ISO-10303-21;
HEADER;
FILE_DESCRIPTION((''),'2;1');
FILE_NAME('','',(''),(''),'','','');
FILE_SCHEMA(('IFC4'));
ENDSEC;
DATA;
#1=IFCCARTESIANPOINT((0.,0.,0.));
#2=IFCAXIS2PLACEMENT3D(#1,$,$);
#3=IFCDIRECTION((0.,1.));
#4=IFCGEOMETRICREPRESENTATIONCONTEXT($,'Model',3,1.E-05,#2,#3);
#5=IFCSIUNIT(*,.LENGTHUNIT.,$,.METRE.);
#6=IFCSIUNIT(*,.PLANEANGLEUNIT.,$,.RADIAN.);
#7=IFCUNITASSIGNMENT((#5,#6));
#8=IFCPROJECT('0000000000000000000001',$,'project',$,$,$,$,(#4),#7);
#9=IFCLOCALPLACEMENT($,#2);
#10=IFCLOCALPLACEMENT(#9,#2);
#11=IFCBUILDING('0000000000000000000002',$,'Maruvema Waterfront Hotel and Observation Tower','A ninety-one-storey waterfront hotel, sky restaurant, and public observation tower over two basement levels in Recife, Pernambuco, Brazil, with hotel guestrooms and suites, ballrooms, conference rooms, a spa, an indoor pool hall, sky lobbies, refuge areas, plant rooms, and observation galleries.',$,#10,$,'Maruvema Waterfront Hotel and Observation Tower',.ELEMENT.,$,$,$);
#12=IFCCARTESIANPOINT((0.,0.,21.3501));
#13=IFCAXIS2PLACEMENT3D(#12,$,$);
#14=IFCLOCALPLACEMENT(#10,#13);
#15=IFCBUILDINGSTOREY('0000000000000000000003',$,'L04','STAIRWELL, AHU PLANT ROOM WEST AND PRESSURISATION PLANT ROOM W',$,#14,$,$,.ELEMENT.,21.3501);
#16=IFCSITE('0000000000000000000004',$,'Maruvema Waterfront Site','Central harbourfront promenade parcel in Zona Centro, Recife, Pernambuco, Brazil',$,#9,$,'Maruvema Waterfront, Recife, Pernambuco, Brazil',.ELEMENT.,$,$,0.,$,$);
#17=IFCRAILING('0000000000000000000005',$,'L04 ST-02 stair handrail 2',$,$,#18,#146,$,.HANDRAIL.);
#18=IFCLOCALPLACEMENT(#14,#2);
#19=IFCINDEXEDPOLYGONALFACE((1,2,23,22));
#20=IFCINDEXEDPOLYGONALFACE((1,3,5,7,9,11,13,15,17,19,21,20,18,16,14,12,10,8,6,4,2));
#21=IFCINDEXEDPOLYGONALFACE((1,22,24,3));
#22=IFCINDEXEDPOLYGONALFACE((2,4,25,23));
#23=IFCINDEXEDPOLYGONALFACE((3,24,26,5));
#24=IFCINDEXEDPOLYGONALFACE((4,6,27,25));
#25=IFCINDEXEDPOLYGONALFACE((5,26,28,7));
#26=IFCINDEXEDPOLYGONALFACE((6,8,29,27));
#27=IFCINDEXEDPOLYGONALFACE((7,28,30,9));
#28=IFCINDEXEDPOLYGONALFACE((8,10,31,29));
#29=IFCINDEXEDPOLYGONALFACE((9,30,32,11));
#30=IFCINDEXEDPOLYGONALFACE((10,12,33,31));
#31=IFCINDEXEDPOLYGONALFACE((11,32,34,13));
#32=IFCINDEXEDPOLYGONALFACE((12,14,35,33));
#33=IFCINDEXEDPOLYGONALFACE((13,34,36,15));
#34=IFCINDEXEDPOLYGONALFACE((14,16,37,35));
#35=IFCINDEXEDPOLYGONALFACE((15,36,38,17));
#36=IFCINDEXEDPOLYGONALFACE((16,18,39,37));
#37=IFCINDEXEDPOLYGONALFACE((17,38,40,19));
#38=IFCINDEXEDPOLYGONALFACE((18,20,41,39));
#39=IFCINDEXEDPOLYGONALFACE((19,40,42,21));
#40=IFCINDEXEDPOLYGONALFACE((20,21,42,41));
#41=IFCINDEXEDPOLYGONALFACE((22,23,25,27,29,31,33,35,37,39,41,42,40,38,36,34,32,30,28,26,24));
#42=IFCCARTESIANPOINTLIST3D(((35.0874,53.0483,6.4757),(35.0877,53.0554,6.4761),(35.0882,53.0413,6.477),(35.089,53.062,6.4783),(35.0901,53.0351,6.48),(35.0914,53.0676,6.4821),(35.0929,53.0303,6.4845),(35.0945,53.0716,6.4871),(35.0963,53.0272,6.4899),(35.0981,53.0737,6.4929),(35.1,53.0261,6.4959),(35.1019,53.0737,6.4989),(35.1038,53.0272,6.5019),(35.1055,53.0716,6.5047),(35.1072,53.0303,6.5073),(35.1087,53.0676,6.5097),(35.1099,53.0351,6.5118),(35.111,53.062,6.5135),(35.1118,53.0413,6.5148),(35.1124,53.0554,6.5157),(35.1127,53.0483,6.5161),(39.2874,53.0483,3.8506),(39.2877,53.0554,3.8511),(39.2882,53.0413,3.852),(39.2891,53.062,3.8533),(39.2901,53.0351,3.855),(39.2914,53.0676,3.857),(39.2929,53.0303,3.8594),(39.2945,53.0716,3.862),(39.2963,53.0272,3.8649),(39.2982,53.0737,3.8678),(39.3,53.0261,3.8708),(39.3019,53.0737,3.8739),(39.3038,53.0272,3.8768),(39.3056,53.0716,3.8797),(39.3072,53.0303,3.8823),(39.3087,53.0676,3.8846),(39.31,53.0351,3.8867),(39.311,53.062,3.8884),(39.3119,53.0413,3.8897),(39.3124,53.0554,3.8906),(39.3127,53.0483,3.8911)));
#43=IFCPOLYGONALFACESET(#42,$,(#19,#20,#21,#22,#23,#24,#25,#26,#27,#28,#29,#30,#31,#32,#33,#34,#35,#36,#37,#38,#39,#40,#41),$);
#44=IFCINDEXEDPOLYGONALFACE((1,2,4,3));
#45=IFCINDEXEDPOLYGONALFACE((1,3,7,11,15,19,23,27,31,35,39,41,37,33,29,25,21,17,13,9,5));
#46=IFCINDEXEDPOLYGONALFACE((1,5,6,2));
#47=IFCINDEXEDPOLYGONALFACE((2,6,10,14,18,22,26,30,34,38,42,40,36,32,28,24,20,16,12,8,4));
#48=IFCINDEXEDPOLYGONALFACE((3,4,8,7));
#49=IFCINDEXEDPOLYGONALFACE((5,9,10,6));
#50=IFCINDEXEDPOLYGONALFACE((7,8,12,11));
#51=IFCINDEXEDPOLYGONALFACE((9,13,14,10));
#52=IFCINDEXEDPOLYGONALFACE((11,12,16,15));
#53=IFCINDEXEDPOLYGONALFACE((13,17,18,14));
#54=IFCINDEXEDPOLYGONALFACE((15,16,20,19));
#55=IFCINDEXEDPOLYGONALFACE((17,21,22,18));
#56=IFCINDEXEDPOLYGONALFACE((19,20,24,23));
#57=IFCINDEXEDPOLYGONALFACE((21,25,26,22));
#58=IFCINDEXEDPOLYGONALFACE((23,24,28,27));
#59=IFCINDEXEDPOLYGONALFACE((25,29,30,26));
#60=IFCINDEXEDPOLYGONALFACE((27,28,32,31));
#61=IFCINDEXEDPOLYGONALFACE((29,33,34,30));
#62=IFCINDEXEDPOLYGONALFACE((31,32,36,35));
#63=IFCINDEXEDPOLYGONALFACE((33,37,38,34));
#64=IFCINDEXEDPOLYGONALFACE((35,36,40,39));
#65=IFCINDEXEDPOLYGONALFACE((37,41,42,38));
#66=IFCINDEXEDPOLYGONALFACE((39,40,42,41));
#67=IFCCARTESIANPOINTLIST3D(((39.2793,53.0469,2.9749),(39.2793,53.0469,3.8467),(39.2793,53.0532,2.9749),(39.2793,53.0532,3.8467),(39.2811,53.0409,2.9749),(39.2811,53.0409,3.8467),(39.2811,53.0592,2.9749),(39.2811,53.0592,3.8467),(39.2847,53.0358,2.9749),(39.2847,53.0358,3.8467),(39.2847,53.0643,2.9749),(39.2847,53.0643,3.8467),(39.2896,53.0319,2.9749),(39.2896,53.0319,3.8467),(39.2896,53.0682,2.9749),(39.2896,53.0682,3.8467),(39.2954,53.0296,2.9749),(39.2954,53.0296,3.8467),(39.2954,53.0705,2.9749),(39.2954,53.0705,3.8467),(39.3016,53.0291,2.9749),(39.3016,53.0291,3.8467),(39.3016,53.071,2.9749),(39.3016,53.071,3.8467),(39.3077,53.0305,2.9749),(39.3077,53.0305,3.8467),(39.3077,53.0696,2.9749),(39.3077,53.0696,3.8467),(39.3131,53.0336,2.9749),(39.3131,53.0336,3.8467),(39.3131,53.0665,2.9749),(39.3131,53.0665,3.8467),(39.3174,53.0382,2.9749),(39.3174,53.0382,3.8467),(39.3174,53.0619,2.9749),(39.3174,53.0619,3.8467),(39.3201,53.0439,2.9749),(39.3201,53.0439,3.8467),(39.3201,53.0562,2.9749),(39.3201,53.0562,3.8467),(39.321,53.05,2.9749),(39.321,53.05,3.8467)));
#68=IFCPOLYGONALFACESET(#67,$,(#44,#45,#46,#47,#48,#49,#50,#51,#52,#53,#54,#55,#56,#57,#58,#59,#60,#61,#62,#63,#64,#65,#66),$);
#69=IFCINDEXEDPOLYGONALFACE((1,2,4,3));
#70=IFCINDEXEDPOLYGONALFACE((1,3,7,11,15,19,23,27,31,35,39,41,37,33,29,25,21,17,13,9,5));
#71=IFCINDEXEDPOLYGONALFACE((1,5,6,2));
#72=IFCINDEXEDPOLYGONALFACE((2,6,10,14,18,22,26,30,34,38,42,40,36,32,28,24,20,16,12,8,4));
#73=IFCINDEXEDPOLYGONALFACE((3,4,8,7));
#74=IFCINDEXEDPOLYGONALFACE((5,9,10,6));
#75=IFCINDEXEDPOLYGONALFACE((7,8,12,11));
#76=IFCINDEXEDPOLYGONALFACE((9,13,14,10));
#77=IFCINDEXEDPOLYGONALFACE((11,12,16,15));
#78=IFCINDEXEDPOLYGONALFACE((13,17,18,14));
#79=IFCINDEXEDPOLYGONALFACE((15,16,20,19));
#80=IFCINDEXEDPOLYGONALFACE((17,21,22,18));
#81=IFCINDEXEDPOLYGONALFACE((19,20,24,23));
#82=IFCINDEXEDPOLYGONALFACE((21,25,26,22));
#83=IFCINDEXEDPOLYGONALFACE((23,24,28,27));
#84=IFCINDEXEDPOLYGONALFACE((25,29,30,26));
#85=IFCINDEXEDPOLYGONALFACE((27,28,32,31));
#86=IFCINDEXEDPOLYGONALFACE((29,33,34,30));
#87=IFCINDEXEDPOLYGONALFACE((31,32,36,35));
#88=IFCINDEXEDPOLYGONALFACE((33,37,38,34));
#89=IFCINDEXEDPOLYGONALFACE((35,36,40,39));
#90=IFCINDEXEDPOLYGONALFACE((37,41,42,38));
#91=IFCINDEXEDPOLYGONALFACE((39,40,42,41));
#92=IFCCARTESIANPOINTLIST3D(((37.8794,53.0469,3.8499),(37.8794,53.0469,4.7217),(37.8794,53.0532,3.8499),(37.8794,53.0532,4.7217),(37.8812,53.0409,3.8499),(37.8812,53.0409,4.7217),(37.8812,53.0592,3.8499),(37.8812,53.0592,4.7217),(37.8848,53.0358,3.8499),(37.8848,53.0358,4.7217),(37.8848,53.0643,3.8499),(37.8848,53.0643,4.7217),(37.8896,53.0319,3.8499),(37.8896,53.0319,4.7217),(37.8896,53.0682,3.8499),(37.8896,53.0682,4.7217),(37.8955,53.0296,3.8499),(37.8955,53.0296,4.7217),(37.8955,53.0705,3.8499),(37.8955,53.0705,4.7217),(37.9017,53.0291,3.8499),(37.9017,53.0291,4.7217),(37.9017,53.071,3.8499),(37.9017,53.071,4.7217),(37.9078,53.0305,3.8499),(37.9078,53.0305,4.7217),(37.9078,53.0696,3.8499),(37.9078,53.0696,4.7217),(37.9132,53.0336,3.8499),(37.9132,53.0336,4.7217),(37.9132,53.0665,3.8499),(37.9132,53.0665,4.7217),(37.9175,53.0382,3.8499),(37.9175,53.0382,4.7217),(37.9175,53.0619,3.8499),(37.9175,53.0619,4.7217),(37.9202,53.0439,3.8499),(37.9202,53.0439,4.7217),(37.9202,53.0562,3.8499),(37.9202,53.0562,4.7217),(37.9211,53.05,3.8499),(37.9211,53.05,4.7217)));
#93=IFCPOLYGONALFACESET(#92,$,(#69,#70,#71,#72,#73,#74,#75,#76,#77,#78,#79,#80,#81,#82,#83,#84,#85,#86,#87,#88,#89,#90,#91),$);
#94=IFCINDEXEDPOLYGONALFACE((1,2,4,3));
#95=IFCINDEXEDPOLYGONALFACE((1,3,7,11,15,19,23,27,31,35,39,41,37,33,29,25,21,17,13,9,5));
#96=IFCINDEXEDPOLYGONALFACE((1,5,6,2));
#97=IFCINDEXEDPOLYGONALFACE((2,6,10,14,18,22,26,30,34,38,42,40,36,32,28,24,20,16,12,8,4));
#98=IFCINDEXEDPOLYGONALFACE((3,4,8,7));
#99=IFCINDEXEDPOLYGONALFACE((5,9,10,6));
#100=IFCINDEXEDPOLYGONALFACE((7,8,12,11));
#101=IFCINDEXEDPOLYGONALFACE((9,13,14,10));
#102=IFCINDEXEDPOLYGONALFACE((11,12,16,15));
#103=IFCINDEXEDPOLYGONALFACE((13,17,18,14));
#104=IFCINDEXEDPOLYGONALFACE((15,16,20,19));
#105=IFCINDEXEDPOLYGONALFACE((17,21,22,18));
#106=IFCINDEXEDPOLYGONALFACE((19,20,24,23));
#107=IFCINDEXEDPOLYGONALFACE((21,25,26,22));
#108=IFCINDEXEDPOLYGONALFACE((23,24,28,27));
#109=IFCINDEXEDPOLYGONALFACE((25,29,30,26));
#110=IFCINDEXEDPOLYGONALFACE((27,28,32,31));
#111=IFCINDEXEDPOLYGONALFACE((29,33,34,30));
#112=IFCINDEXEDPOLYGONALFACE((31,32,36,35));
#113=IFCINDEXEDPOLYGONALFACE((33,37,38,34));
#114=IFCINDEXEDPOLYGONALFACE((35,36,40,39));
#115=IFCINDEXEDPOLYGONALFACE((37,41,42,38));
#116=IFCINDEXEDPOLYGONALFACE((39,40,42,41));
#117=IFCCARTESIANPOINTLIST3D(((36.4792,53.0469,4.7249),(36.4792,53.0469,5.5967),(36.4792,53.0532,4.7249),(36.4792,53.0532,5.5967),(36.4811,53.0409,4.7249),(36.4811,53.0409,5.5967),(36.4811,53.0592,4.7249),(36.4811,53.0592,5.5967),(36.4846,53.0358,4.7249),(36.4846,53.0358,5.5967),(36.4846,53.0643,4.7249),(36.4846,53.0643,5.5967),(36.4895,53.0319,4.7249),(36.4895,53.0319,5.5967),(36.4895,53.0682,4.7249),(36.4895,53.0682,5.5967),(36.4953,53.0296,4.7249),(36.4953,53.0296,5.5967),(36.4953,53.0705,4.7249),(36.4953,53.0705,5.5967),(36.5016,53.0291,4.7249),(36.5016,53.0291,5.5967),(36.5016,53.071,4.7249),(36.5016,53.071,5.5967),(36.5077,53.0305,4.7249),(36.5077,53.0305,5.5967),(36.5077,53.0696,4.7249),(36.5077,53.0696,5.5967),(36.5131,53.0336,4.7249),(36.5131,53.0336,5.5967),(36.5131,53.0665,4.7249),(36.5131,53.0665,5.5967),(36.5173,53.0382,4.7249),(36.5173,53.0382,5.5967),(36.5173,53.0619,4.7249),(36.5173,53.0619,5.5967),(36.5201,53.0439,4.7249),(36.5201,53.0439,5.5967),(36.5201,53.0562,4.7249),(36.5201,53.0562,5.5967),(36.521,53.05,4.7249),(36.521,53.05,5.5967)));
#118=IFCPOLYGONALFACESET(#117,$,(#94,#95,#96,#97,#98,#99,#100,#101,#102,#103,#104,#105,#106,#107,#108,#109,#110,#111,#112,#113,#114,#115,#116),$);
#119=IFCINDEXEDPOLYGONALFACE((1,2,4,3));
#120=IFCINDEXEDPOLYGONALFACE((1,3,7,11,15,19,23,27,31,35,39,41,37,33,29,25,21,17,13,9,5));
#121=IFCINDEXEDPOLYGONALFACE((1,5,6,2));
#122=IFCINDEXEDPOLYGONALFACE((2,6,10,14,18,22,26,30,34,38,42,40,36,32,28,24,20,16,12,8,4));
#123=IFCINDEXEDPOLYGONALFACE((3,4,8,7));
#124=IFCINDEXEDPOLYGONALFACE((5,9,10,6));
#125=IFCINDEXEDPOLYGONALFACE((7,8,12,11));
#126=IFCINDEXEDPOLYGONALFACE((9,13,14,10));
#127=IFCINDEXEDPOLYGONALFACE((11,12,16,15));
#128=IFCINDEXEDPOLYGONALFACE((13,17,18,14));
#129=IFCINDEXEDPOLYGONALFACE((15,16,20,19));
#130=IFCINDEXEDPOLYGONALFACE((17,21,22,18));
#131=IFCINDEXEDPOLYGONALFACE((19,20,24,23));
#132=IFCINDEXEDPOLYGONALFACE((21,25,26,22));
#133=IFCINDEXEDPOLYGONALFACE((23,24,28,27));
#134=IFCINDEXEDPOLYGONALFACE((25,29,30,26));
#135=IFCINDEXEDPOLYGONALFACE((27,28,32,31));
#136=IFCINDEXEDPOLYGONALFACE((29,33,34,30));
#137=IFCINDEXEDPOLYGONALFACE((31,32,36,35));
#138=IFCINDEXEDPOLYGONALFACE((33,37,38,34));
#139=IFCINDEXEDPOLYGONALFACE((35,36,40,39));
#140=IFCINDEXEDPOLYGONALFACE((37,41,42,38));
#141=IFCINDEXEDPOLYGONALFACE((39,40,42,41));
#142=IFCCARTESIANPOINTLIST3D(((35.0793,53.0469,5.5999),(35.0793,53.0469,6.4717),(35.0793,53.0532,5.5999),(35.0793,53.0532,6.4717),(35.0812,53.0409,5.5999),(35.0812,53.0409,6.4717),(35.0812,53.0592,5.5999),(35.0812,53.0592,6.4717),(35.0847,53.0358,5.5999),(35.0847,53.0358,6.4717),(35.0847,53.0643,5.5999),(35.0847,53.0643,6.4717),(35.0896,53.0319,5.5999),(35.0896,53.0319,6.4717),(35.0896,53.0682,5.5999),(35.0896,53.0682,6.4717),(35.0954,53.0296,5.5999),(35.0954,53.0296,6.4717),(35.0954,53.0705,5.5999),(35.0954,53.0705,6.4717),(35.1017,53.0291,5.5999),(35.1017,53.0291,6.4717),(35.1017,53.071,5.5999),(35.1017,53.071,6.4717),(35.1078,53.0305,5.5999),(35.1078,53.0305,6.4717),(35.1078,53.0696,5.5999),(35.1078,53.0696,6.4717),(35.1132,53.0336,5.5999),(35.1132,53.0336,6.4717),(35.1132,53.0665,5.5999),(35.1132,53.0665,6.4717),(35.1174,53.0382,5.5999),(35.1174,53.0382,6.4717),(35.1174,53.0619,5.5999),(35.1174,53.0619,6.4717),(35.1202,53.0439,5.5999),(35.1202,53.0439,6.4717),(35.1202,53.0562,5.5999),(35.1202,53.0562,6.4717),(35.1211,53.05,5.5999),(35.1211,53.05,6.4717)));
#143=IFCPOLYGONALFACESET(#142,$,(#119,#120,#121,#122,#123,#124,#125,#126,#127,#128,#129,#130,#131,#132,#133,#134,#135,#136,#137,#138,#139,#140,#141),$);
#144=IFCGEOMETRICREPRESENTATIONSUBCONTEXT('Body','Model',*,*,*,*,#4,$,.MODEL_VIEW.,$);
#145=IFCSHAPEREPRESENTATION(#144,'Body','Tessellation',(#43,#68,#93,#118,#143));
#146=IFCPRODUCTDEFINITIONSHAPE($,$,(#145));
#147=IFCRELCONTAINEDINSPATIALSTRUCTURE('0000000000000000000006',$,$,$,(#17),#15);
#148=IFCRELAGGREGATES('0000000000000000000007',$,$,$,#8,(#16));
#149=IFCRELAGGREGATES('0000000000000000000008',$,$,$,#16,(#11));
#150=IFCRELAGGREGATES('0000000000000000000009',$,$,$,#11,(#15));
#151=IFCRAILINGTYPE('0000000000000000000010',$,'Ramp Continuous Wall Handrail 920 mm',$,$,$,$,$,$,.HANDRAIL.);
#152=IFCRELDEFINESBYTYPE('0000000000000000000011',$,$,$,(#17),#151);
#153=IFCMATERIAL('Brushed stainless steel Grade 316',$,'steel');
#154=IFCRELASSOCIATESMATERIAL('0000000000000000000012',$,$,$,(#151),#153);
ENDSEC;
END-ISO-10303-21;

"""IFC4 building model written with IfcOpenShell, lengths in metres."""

from ifc_helpers import new_model, si_unit, direction, frame, origin, origin_2d, place, context, subcontext, project, spatial, circle, extrude, material, type_object, element, save


model = new_model("IFC4")

# Units and contexts
model_context = context("Model", 3, precision=1e-05, world=origin(), true_north=direction((0.0, 1.0)))
body_context = subcontext(model_context, "Body", "Model", "MODEL_VIEW")
ifc_project = project(units=[si_unit("LENGTHUNIT", "METRE"), si_unit("PLANEANGLEUNIT", "RADIAN")], contexts=[model_context])

# Site, building, storey
site_placement = place(None, origin())
site = spatial("IfcSite", under=ifc_project, at=site_placement, Name="Maruvema Waterfront Site", Description="Central harbourfront promenade parcel in Zona Centro, Recife, Pernambuco, Brazil", LongName="Maruvema Waterfront, Recife, Pernambuco, Brazil", CompositionType="ELEMENT", RefElevation=0.0)
building_placement = place(site_placement, origin())
building = spatial("IfcBuilding", under=site, at=building_placement, Name="Maruvema Waterfront Hotel and Observation Tower", Description="A ninety-one-storey waterfront hotel, sky restaurant, and public observation tower over two basement levels in Recife, Pernambuco, Brazil, with hotel guestrooms and suites, ballrooms, conference rooms, a spa, an indoor pool hall, sky lobbies, refuge areas, plant rooms, and observation galleries.", LongName="Maruvema Waterfront Hotel and Observation Tower", CompositionType="ELEMENT")
storey_placement = place(building_placement, frame((0.0, 0.0, 21.3501)))
storey = spatial("IfcBuildingStorey", under=building, at=storey_placement, Name="L04", Description="STAIRWELL, AHU PLANT ROOM WEST AND PRESSURISATION PLANT ROOM W", CompositionType="ELEMENT", Elevation=21.3501)

# Railing
ifc_material_1 = material(Name="Brushed stainless steel Grade 316", Category="steel")
railing_type_1 = type_object("IfcRailingType", Name="Ramp Continuous Wall Handrail 920 mm", PredefinedType="HANDRAIL", material=ifc_material_1)
railing_1_placement = place(storey_placement, frame((39.3, 53.05, 2.9749)))
element("IfcRailing", 1, at=railing_1_placement, inside=storey, type_object=railing_type_1, Name="L04 ST-02 stair handrail 2", PredefinedType="HANDRAIL", context=body_context, shape_type="SweptSolid", body=[
    extrude(circle(Radius=0.0239, at=origin_2d()), frame((0.0, 0.0, 0.896), z_axis=(-0.847996, 0.0, 0.530003), x_axis=(0.0, -1.0, 0.0)), (0.0, 0.0, 1.0), 4.9529),
    extrude(circle(Radius=0.021, at=origin_2d()), origin(), (0.0, 0.0, 1.0), 0.8718),
    extrude(circle(Radius=0.021, at=origin_2d()), frame((-1.3999, 0.0, 0.875)), (0.0, 0.0, 1.0), 0.8718),
    extrude(circle(Radius=0.021, at=origin_2d()), frame((-2.8, 0.0, 1.75)), (0.0, 0.0, 1.0), 0.8718),
    extrude(circle(Radius=0.021, at=origin_2d()), frame((-4.2, 0.0, 2.625)), (0.0, 0.0, 1.0), 0.8718),
])

save(model, "model.ifc")
